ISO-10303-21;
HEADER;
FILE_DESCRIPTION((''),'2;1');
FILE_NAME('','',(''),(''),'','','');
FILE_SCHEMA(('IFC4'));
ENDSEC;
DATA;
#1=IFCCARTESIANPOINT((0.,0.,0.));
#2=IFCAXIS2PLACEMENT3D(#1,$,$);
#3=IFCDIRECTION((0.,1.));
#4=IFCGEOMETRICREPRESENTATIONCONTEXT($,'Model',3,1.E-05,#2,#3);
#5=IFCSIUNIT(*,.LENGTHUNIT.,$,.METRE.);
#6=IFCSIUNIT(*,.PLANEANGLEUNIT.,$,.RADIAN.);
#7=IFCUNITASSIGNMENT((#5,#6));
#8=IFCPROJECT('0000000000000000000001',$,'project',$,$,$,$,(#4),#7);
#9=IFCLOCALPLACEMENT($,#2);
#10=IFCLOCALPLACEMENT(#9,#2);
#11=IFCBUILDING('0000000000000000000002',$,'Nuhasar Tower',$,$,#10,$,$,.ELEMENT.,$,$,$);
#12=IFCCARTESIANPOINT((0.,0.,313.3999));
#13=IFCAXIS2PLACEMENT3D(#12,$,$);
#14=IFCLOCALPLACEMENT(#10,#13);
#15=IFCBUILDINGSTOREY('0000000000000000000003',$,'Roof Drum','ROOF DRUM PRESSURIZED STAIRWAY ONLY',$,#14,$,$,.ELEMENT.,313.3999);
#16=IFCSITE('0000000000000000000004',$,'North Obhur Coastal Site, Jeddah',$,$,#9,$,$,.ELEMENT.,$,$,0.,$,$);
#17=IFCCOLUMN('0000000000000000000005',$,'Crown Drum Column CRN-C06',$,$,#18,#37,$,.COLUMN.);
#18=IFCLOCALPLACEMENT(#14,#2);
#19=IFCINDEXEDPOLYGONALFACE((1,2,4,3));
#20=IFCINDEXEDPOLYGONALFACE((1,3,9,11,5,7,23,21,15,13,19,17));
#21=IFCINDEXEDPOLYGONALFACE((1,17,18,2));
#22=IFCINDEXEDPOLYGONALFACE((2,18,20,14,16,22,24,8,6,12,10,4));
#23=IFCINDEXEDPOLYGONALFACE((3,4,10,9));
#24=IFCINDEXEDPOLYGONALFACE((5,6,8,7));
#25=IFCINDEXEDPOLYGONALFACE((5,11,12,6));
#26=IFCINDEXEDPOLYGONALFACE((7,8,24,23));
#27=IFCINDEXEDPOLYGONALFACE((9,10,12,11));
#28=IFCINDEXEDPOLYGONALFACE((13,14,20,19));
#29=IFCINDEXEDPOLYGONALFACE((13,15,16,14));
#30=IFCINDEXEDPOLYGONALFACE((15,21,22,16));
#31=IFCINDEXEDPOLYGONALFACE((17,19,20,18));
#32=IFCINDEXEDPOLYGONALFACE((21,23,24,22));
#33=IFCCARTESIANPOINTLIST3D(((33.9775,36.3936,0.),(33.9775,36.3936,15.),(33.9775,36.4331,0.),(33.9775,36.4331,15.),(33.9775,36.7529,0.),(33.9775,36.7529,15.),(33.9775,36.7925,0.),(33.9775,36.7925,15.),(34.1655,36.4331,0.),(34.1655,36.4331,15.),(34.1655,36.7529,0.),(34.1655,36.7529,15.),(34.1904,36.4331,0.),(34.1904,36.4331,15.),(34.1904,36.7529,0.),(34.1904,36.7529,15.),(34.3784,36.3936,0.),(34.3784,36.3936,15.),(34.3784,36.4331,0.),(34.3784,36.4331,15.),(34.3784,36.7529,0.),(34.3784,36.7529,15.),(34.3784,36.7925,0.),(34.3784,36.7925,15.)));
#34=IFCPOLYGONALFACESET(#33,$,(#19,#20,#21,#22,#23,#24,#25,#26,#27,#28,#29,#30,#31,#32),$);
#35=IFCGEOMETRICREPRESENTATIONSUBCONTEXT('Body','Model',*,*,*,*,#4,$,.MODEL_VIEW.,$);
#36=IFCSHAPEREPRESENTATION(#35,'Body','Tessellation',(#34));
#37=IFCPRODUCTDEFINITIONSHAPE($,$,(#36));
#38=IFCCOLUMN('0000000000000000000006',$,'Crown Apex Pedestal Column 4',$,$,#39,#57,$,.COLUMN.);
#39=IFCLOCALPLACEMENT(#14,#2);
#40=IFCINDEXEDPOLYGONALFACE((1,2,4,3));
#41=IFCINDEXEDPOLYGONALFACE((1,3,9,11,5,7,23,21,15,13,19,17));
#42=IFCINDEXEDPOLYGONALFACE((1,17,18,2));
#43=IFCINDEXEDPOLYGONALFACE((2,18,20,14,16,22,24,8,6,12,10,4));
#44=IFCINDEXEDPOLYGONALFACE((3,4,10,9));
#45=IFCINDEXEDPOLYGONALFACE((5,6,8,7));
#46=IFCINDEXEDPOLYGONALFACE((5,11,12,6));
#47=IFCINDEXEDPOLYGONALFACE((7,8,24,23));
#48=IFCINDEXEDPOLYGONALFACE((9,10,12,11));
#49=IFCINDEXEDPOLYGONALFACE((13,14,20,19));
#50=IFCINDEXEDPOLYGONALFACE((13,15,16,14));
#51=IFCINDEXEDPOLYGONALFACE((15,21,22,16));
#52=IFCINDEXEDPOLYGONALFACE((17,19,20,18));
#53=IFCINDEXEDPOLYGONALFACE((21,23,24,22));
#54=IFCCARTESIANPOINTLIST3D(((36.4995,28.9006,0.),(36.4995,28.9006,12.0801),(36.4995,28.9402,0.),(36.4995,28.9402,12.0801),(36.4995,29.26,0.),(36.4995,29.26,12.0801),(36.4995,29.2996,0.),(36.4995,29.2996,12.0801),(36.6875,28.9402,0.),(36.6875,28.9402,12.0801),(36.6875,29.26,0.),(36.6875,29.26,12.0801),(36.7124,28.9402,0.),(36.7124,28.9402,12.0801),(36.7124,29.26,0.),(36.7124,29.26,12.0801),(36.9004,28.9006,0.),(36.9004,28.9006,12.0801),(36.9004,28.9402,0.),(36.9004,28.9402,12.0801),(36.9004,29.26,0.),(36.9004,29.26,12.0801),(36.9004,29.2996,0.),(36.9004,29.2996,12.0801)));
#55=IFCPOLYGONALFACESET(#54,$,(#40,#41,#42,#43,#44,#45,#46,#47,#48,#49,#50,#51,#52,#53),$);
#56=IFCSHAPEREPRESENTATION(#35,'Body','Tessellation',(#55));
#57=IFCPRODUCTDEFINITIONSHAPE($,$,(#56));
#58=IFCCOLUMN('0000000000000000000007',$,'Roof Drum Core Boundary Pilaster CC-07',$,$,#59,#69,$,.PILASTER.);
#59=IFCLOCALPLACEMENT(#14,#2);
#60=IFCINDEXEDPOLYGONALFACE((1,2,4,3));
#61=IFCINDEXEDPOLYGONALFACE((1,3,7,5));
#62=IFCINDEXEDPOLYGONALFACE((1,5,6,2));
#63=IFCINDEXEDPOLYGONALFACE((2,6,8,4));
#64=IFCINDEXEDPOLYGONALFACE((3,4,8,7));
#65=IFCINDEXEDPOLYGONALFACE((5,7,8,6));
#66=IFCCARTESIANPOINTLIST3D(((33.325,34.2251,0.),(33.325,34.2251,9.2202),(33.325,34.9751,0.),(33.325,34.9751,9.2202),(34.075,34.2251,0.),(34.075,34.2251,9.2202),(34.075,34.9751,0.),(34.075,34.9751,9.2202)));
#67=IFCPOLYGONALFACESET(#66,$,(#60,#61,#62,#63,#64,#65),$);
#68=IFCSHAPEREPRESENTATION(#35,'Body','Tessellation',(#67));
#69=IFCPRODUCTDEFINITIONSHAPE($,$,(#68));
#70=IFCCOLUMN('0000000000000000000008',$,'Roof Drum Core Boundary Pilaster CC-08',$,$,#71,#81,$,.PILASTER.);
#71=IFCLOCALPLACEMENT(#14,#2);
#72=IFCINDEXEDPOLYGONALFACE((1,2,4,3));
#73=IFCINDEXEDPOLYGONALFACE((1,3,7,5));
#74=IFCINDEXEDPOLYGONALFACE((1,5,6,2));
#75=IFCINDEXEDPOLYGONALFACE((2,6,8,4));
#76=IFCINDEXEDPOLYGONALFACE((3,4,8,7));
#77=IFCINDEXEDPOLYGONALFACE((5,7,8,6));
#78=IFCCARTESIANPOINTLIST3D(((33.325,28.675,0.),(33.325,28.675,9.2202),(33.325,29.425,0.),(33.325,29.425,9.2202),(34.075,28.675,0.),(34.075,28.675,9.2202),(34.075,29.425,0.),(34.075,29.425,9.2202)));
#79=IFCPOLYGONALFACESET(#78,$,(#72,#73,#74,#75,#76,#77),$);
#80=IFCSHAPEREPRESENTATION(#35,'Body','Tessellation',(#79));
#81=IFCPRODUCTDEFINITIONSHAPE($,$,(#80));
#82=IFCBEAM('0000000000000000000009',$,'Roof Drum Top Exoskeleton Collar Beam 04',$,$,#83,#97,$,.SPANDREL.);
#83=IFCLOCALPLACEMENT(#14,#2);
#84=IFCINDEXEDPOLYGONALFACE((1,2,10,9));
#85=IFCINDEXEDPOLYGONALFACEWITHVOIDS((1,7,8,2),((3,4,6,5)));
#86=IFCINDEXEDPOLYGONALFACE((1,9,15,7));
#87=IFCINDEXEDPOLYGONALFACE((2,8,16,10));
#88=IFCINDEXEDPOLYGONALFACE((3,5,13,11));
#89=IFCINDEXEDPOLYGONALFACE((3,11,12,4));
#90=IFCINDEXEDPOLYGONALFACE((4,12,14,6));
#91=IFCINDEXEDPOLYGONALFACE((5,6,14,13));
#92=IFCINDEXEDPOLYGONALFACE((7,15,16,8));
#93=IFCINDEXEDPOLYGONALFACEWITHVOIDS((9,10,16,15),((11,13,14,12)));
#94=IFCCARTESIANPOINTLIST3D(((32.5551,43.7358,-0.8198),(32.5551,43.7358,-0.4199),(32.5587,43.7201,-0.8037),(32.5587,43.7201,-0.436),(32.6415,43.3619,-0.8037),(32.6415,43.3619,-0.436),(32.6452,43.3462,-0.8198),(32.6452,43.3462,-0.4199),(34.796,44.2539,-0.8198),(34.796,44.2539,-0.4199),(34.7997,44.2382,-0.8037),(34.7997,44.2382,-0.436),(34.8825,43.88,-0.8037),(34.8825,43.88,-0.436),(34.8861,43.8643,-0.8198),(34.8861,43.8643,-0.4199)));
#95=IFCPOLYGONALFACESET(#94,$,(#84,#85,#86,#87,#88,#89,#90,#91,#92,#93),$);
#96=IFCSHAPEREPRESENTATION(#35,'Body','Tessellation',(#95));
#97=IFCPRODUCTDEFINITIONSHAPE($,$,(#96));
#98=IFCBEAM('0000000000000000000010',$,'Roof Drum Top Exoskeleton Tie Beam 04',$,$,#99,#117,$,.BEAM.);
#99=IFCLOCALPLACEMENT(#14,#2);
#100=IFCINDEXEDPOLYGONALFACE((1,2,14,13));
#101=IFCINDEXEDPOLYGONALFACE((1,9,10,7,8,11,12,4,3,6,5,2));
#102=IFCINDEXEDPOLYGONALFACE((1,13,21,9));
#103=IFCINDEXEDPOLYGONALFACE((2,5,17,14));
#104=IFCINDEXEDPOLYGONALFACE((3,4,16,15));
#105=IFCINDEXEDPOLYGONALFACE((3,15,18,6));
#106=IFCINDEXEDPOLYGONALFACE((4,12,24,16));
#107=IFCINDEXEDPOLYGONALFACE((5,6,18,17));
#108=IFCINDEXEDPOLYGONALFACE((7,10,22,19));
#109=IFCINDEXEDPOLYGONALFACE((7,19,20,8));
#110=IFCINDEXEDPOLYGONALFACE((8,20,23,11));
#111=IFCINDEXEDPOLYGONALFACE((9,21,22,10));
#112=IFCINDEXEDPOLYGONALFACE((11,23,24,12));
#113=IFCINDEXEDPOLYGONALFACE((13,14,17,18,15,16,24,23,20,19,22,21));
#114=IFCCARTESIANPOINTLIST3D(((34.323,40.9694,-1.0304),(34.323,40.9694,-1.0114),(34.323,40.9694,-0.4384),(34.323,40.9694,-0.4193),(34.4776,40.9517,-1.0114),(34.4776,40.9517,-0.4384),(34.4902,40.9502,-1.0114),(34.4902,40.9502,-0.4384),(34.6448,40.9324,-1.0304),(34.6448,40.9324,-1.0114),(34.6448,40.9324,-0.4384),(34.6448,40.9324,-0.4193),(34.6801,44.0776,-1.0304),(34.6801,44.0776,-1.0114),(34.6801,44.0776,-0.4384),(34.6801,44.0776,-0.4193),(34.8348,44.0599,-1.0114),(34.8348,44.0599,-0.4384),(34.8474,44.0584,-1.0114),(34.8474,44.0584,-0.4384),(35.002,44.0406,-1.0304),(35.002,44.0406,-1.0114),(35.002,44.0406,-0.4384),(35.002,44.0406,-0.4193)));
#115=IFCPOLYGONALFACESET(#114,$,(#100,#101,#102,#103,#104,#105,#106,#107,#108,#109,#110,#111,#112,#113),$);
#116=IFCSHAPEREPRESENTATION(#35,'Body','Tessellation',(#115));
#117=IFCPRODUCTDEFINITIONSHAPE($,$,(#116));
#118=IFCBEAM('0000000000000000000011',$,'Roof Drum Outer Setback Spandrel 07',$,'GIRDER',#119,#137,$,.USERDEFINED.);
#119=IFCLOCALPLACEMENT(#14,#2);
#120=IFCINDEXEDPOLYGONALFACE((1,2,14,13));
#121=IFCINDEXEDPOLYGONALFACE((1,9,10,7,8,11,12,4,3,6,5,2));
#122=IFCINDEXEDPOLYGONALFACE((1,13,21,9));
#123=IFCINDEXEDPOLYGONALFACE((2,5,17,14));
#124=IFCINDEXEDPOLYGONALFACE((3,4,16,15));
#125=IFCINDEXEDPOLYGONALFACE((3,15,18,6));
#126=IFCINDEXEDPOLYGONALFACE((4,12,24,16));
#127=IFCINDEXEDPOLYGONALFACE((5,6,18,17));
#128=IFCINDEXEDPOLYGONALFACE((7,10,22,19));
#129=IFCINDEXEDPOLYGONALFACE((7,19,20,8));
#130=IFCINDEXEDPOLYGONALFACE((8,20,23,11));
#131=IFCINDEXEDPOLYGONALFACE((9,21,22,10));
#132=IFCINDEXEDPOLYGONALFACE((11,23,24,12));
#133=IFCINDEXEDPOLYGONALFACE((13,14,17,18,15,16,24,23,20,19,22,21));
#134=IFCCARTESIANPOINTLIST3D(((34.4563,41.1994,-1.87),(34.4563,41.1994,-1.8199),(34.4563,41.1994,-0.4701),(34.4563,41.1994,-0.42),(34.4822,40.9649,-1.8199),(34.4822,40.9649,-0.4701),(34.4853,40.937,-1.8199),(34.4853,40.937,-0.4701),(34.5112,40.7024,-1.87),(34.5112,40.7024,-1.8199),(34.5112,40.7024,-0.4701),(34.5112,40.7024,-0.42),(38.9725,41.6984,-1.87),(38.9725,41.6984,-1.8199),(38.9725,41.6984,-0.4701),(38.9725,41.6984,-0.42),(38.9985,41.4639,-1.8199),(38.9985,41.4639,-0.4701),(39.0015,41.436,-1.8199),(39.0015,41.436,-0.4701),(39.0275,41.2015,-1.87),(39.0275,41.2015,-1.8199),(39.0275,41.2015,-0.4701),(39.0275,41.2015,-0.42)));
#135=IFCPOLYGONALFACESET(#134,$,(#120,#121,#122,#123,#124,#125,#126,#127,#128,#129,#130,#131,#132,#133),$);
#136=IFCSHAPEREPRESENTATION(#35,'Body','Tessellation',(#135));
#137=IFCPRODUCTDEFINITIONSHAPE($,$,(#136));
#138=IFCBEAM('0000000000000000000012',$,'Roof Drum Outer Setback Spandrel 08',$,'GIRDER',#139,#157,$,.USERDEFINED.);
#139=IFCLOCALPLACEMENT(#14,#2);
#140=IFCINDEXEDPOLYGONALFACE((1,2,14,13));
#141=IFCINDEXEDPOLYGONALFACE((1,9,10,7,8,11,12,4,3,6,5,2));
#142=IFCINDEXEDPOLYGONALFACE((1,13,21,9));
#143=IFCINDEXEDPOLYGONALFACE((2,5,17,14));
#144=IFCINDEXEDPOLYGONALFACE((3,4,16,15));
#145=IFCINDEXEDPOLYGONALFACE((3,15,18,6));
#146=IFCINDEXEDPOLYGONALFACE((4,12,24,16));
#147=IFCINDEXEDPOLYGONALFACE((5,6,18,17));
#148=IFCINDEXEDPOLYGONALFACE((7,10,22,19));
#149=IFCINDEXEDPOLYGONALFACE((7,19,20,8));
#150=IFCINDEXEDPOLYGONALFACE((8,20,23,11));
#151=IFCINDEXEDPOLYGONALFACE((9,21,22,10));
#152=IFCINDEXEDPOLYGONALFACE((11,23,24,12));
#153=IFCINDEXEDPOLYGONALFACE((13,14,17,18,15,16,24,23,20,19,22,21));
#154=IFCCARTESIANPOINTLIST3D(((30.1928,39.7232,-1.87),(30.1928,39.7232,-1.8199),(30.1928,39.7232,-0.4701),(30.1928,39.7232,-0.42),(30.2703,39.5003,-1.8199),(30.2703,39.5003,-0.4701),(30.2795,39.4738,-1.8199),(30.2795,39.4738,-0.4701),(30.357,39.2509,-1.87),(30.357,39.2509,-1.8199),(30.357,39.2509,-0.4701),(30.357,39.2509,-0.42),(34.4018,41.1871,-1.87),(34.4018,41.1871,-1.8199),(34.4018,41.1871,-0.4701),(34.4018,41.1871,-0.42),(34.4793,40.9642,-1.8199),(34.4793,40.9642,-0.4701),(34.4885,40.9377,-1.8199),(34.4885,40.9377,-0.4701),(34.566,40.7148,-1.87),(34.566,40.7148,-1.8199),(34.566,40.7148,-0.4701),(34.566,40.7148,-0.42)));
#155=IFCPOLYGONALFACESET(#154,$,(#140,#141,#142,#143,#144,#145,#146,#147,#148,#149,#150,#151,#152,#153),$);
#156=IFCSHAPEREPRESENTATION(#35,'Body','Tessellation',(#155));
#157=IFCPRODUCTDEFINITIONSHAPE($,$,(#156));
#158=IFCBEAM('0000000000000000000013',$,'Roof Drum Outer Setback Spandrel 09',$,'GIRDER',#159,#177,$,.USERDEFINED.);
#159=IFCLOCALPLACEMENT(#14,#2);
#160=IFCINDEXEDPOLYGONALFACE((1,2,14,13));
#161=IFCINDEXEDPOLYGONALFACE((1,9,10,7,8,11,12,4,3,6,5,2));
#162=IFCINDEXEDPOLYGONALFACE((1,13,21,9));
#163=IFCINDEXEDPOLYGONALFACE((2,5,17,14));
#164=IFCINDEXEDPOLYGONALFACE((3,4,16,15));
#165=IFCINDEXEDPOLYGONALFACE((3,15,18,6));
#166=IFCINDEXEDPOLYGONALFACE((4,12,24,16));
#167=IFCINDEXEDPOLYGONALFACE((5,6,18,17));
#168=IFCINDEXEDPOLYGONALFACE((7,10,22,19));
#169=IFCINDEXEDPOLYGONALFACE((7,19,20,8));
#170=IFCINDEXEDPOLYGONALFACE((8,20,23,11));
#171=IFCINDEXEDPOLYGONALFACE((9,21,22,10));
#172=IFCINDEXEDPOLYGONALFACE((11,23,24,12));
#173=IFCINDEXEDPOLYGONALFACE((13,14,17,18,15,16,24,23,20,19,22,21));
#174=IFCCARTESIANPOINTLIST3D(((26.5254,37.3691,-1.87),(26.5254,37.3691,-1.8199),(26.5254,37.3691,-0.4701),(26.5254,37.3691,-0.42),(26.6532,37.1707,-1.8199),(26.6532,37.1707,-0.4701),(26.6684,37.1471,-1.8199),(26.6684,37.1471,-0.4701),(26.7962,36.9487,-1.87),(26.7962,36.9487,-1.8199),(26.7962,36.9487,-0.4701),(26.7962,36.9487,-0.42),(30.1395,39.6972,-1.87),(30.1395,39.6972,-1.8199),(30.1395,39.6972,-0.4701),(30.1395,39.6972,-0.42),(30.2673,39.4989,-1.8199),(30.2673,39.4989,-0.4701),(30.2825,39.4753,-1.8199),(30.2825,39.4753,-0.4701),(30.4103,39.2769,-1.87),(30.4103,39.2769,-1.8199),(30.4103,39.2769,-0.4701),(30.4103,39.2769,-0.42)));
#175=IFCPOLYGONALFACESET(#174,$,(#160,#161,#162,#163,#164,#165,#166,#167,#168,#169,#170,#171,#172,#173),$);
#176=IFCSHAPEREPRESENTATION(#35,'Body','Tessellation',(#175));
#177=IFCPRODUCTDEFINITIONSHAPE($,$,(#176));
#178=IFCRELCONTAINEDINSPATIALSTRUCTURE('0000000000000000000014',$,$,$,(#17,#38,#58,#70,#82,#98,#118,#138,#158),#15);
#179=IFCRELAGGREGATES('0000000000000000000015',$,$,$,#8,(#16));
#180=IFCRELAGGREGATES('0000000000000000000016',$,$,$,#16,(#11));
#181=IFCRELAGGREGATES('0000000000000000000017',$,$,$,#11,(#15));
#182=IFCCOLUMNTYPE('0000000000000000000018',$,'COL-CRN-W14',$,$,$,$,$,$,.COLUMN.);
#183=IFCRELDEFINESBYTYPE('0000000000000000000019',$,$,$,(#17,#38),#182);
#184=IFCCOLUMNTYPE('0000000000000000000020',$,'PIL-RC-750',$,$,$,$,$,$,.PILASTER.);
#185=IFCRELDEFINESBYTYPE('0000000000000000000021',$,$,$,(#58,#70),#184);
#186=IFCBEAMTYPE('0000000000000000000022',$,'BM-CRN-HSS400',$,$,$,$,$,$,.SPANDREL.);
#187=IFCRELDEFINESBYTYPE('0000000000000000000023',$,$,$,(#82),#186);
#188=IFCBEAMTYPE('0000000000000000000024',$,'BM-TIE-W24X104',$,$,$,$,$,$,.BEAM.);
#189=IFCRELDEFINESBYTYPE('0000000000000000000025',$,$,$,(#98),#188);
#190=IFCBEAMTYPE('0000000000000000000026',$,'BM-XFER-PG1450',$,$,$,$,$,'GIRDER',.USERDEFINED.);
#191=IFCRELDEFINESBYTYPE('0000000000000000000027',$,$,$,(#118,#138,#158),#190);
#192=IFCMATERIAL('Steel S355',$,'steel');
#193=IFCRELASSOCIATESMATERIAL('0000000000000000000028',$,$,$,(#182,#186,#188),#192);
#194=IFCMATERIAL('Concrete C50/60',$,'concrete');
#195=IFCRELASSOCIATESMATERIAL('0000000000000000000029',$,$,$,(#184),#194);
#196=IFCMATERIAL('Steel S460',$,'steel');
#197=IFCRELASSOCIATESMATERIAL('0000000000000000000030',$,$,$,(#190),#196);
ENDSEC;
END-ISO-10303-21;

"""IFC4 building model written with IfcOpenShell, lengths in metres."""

from ifc_helpers import new_model, si_unit, direction, frame, origin, origin_2d, place, context, subcontext, project, spatial, rectangle, hollow_rectangle, i_section, extrude, material, material_profile, profile_set, type_object, element, save


model = new_model("IFC4")

# Units and contexts
model_context = context("Model", 3, precision=1e-05, world=origin(), true_north=direction((0.0, 1.0)))
body_context = subcontext(model_context, "Body", "Model", "MODEL_VIEW")
ifc_project = project(units=[si_unit("LENGTHUNIT", "METRE"), si_unit("PLANEANGLEUNIT", "RADIAN")], contexts=[model_context])

# Site, building, storey
site_placement = place(None, origin())
site = spatial("IfcSite", under=ifc_project, at=site_placement, Name="North Obhur Coastal Site, Jeddah", CompositionType="ELEMENT", RefElevation=0.0)
building_placement = place(site_placement, origin())
building = spatial("IfcBuilding", under=site, at=building_placement, Name="Nuhasar Tower", CompositionType="ELEMENT")
storey_placement = place(building_placement, frame((0.0, 0.0, 313.3999)))
storey = spatial("IfcBuildingStorey", under=building, at=storey_placement, Name="Roof Drum", Description="ROOF DRUM PRESSURIZED STAIRWAY ONLY", CompositionType="ELEMENT", Elevation=313.3999)

# Columns
ifc_material_1 = material(Name="Steel S355", Category="steel")
ifc_material_profile_1 = material_profile(ifc_material_1, i_section(OverallWidth=0.4009, OverallDepth=0.3989, WebThickness=0.0249, FlangeThickness=0.0396, at=origin_2d()), Name="W14X211")
ifc_profile_set_1 = profile_set([ifc_material_profile_1], Name="Steel S355")
column_type_1 = type_object("IfcColumnType", Name="COL-CRN-W14", PredefinedType="COLUMN", material=ifc_profile_set_1)
column_1_placement = place(storey_placement, frame((34.178, 36.593, 0.0), z_axis=(0.0, 0.0, 1.0), x_axis=(1.0, 0.0, 0.0)))
element("IfcColumn", 1, at=column_1_placement, inside=storey, type_object=column_type_1, Name="Crown Drum Column CRN-C06", PredefinedType="COLUMN", context=body_context, shape_type="SweptSolid", body=[
    extrude(i_section(OverallWidth=0.4009, OverallDepth=0.3989, WebThickness=0.0249, FlangeThickness=0.0396, at=origin_2d()), origin(), (0.0, 0.0, 1.0), 15.0),
])
column_2_placement = place(storey_placement, frame((36.7, 29.1001, 0.0), z_axis=(0.0, 0.0, 1.0), x_axis=(1.0, 0.0, 0.0)))
element("IfcColumn", 2, at=column_2_placement, inside=storey, type_object=column_type_1, Name="Crown Apex Pedestal Column 4", PredefinedType="COLUMN", context=body_context, shape_type="SweptSolid", body=[
    extrude(i_section(OverallWidth=0.4009, OverallDepth=0.3989, WebThickness=0.0249, FlangeThickness=0.0396, at=origin_2d()), origin(), (0.0, 0.0, 1.0), 12.0801),
])
ifc_material_2 = material(Name="Concrete C50/60", Category="concrete")
ifc_material_profile_2 = material_profile(ifc_material_2, rectangle(XDim=0.75, YDim=0.75, at=origin_2d()), Name="RC750X750")
ifc_profile_set_2 = profile_set([ifc_material_profile_2], Name="Concrete C50/60")
column_type_2 = type_object("IfcColumnType", Name="PIL-RC-750", PredefinedType="PILASTER", material=ifc_profile_set_2)
for number, where, z_axis, x_axis, name in (
    (3, (33.7, 34.6001, 0.0), (0.0, 0.0, 1.0), (1.0, 0.0, 0.0), "Roof Drum Core Boundary Pilaster CC-07"),
    (4, (33.7, 29.05, 0.0), (0.0, 0.0, 1.0), (1.0, 0.0, 0.0), "Roof Drum Core Boundary Pilaster CC-08"),
):
    element("IfcColumn", number, at=place(storey_placement, frame(where, z_axis=z_axis, x_axis=x_axis)), inside=storey, type_object=column_type_2, Name=name, PredefinedType="PILASTER", context=body_context, shape_type="SweptSolid", body=[
        extrude(rectangle(XDim=0.75, YDim=0.75, at=origin_2d()), origin(), (0.0, 0.0, 1.0), 9.2202),
    ])

# Beams
ifc_material_profile_3 = material_profile(ifc_material_1, hollow_rectangle(XDim=0.3999, YDim=0.3999, WallThickness=0.0161, at=origin_2d()), Name="HSS400X400X16")
ifc_profile_set_3 = profile_set([ifc_material_profile_3], Name="Steel S355")
beam_type_1 = type_object("IfcBeamType", Name="BM-CRN-HSS400", PredefinedType="SPANDREL", material=ifc_profile_set_3)
beam_1_placement = place(storey_placement, frame((34.8411, 44.0591, -0.6199), z_axis=(-0.974303, -0.225239, 0.0), x_axis=(0.225239, -0.974303, 0.0)))
element("IfcBeam", 5, at=beam_1_placement, inside=storey, type_object=beam_type_1, Name="Roof Drum Top Exoskeleton Collar Beam 04", PredefinedType="SPANDREL", context=body_context, shape_type="SweptSolid", body=[
    extrude(hollow_rectangle(XDim=0.3999, YDim=0.3999, WallThickness=0.0161, at=origin_2d()), origin(), (0.0, 0.0, 1.0), 2.3),
])
ifc_material_profile_4 = material_profile(ifc_material_1, i_section(OverallWidth=0.324, OverallDepth=0.6111, WebThickness=0.0127, FlangeThickness=0.019, at=origin_2d()), Name="W24X104")
ifc_profile_set_4 = profile_set([ifc_material_profile_4], Name="Steel S355")
beam_type_2 = type_object("IfcBeamType", Name="BM-TIE-W24X104", PredefinedType="BEAM", material=ifc_profile_set_4)
beam_2_placement = place(storey_placement, frame((34.4839, 40.9509, -0.7249), z_axis=(0.114165, 0.993462, 0.0), x_axis=(-0.993462, 0.114165, 0.0)))
element("IfcBeam", 6, at=beam_2_placement, inside=storey, type_object=beam_type_2, Name="Roof Drum Top Exoskeleton Tie Beam 04", PredefinedType="BEAM", context=body_context, shape_type="SweptSolid", body=[
    extrude(i_section(OverallWidth=0.324, OverallDepth=0.6111, WebThickness=0.0127, FlangeThickness=0.019, at=origin_2d()), origin(), (0.0, 0.0, 1.0), 3.1287),
])
ifc_material_3 = material(Name="Steel S460", Category="steel")
ifc_material_profile_5 = material_profile(ifc_material_3, i_section(OverallWidth=0.5, OverallDepth=1.45, WebThickness=0.0281, FlangeThickness=0.05, at=origin_2d()), Name="PG1450X500")
ifc_profile_set_5 = profile_set([ifc_material_profile_5], Name="Steel S460")
beam_type_3 = type_object("IfcBeamType", Name="BM-XFER-PG1450", ElementType="GIRDER", PredefinedType="USERDEFINED", material=ifc_profile_set_5)
beam_3_placement = place(storey_placement, frame((39.0, 41.45, -1.145), z_axis=(-0.99395, -0.10983, 0.0), x_axis=(0.10983, -0.99395, 0.0)))
element("IfcBeam", 7, at=beam_3_placement, inside=storey, type_object=beam_type_3, Name="Roof Drum Outer Setback Spandrel 07", ObjectType="GIRDER", PredefinedType="USERDEFINED", context=body_context, shape_type="SweptSolid", body=[
    extrude(i_section(OverallWidth=0.5, OverallDepth=1.45, WebThickness=0.0281, FlangeThickness=0.05, at=origin_2d()), origin(), (0.0, 0.0, 1.0), 4.5437),
])
beam_4_placement = place(storey_placement, frame((34.4839, 40.9509, -1.145), z_axis=(-0.944506, -0.328495, 0.0), x_axis=(0.328495, -0.944506, 0.0)))
element("IfcBeam", 8, at=beam_4_placement, inside=storey, type_object=beam_type_3, Name="Roof Drum Outer Setback Spandrel 08", ObjectType="GIRDER", PredefinedType="USERDEFINED", context=body_context, shape_type="SweptSolid", body=[
    extrude(i_section(OverallWidth=0.5, OverallDepth=1.45, WebThickness=0.0281, FlangeThickness=0.05, at=origin_2d()), origin(), (0.0, 0.0, 1.0), 4.4563),
])
beam_5_placement = place(storey_placement, frame((30.2749, 39.4871, -1.145), z_axis=(-0.840667, -0.541552, 0.0), x_axis=(0.541552, -0.840667, 0.0)))
element("IfcBeam", 9, at=beam_5_placement, inside=storey, type_object=beam_type_3, Name="Roof Drum Outer Setback Spandrel 09", ObjectType="GIRDER", PredefinedType="USERDEFINED", context=body_context, shape_type="SweptSolid", body=[
    extrude(i_section(OverallWidth=0.5, OverallDepth=1.45, WebThickness=0.0281, FlangeThickness=0.05, at=origin_2d()), origin(), (0.0, 0.0, 1.0), 4.2991),
])

save(model, "model.ifc")
